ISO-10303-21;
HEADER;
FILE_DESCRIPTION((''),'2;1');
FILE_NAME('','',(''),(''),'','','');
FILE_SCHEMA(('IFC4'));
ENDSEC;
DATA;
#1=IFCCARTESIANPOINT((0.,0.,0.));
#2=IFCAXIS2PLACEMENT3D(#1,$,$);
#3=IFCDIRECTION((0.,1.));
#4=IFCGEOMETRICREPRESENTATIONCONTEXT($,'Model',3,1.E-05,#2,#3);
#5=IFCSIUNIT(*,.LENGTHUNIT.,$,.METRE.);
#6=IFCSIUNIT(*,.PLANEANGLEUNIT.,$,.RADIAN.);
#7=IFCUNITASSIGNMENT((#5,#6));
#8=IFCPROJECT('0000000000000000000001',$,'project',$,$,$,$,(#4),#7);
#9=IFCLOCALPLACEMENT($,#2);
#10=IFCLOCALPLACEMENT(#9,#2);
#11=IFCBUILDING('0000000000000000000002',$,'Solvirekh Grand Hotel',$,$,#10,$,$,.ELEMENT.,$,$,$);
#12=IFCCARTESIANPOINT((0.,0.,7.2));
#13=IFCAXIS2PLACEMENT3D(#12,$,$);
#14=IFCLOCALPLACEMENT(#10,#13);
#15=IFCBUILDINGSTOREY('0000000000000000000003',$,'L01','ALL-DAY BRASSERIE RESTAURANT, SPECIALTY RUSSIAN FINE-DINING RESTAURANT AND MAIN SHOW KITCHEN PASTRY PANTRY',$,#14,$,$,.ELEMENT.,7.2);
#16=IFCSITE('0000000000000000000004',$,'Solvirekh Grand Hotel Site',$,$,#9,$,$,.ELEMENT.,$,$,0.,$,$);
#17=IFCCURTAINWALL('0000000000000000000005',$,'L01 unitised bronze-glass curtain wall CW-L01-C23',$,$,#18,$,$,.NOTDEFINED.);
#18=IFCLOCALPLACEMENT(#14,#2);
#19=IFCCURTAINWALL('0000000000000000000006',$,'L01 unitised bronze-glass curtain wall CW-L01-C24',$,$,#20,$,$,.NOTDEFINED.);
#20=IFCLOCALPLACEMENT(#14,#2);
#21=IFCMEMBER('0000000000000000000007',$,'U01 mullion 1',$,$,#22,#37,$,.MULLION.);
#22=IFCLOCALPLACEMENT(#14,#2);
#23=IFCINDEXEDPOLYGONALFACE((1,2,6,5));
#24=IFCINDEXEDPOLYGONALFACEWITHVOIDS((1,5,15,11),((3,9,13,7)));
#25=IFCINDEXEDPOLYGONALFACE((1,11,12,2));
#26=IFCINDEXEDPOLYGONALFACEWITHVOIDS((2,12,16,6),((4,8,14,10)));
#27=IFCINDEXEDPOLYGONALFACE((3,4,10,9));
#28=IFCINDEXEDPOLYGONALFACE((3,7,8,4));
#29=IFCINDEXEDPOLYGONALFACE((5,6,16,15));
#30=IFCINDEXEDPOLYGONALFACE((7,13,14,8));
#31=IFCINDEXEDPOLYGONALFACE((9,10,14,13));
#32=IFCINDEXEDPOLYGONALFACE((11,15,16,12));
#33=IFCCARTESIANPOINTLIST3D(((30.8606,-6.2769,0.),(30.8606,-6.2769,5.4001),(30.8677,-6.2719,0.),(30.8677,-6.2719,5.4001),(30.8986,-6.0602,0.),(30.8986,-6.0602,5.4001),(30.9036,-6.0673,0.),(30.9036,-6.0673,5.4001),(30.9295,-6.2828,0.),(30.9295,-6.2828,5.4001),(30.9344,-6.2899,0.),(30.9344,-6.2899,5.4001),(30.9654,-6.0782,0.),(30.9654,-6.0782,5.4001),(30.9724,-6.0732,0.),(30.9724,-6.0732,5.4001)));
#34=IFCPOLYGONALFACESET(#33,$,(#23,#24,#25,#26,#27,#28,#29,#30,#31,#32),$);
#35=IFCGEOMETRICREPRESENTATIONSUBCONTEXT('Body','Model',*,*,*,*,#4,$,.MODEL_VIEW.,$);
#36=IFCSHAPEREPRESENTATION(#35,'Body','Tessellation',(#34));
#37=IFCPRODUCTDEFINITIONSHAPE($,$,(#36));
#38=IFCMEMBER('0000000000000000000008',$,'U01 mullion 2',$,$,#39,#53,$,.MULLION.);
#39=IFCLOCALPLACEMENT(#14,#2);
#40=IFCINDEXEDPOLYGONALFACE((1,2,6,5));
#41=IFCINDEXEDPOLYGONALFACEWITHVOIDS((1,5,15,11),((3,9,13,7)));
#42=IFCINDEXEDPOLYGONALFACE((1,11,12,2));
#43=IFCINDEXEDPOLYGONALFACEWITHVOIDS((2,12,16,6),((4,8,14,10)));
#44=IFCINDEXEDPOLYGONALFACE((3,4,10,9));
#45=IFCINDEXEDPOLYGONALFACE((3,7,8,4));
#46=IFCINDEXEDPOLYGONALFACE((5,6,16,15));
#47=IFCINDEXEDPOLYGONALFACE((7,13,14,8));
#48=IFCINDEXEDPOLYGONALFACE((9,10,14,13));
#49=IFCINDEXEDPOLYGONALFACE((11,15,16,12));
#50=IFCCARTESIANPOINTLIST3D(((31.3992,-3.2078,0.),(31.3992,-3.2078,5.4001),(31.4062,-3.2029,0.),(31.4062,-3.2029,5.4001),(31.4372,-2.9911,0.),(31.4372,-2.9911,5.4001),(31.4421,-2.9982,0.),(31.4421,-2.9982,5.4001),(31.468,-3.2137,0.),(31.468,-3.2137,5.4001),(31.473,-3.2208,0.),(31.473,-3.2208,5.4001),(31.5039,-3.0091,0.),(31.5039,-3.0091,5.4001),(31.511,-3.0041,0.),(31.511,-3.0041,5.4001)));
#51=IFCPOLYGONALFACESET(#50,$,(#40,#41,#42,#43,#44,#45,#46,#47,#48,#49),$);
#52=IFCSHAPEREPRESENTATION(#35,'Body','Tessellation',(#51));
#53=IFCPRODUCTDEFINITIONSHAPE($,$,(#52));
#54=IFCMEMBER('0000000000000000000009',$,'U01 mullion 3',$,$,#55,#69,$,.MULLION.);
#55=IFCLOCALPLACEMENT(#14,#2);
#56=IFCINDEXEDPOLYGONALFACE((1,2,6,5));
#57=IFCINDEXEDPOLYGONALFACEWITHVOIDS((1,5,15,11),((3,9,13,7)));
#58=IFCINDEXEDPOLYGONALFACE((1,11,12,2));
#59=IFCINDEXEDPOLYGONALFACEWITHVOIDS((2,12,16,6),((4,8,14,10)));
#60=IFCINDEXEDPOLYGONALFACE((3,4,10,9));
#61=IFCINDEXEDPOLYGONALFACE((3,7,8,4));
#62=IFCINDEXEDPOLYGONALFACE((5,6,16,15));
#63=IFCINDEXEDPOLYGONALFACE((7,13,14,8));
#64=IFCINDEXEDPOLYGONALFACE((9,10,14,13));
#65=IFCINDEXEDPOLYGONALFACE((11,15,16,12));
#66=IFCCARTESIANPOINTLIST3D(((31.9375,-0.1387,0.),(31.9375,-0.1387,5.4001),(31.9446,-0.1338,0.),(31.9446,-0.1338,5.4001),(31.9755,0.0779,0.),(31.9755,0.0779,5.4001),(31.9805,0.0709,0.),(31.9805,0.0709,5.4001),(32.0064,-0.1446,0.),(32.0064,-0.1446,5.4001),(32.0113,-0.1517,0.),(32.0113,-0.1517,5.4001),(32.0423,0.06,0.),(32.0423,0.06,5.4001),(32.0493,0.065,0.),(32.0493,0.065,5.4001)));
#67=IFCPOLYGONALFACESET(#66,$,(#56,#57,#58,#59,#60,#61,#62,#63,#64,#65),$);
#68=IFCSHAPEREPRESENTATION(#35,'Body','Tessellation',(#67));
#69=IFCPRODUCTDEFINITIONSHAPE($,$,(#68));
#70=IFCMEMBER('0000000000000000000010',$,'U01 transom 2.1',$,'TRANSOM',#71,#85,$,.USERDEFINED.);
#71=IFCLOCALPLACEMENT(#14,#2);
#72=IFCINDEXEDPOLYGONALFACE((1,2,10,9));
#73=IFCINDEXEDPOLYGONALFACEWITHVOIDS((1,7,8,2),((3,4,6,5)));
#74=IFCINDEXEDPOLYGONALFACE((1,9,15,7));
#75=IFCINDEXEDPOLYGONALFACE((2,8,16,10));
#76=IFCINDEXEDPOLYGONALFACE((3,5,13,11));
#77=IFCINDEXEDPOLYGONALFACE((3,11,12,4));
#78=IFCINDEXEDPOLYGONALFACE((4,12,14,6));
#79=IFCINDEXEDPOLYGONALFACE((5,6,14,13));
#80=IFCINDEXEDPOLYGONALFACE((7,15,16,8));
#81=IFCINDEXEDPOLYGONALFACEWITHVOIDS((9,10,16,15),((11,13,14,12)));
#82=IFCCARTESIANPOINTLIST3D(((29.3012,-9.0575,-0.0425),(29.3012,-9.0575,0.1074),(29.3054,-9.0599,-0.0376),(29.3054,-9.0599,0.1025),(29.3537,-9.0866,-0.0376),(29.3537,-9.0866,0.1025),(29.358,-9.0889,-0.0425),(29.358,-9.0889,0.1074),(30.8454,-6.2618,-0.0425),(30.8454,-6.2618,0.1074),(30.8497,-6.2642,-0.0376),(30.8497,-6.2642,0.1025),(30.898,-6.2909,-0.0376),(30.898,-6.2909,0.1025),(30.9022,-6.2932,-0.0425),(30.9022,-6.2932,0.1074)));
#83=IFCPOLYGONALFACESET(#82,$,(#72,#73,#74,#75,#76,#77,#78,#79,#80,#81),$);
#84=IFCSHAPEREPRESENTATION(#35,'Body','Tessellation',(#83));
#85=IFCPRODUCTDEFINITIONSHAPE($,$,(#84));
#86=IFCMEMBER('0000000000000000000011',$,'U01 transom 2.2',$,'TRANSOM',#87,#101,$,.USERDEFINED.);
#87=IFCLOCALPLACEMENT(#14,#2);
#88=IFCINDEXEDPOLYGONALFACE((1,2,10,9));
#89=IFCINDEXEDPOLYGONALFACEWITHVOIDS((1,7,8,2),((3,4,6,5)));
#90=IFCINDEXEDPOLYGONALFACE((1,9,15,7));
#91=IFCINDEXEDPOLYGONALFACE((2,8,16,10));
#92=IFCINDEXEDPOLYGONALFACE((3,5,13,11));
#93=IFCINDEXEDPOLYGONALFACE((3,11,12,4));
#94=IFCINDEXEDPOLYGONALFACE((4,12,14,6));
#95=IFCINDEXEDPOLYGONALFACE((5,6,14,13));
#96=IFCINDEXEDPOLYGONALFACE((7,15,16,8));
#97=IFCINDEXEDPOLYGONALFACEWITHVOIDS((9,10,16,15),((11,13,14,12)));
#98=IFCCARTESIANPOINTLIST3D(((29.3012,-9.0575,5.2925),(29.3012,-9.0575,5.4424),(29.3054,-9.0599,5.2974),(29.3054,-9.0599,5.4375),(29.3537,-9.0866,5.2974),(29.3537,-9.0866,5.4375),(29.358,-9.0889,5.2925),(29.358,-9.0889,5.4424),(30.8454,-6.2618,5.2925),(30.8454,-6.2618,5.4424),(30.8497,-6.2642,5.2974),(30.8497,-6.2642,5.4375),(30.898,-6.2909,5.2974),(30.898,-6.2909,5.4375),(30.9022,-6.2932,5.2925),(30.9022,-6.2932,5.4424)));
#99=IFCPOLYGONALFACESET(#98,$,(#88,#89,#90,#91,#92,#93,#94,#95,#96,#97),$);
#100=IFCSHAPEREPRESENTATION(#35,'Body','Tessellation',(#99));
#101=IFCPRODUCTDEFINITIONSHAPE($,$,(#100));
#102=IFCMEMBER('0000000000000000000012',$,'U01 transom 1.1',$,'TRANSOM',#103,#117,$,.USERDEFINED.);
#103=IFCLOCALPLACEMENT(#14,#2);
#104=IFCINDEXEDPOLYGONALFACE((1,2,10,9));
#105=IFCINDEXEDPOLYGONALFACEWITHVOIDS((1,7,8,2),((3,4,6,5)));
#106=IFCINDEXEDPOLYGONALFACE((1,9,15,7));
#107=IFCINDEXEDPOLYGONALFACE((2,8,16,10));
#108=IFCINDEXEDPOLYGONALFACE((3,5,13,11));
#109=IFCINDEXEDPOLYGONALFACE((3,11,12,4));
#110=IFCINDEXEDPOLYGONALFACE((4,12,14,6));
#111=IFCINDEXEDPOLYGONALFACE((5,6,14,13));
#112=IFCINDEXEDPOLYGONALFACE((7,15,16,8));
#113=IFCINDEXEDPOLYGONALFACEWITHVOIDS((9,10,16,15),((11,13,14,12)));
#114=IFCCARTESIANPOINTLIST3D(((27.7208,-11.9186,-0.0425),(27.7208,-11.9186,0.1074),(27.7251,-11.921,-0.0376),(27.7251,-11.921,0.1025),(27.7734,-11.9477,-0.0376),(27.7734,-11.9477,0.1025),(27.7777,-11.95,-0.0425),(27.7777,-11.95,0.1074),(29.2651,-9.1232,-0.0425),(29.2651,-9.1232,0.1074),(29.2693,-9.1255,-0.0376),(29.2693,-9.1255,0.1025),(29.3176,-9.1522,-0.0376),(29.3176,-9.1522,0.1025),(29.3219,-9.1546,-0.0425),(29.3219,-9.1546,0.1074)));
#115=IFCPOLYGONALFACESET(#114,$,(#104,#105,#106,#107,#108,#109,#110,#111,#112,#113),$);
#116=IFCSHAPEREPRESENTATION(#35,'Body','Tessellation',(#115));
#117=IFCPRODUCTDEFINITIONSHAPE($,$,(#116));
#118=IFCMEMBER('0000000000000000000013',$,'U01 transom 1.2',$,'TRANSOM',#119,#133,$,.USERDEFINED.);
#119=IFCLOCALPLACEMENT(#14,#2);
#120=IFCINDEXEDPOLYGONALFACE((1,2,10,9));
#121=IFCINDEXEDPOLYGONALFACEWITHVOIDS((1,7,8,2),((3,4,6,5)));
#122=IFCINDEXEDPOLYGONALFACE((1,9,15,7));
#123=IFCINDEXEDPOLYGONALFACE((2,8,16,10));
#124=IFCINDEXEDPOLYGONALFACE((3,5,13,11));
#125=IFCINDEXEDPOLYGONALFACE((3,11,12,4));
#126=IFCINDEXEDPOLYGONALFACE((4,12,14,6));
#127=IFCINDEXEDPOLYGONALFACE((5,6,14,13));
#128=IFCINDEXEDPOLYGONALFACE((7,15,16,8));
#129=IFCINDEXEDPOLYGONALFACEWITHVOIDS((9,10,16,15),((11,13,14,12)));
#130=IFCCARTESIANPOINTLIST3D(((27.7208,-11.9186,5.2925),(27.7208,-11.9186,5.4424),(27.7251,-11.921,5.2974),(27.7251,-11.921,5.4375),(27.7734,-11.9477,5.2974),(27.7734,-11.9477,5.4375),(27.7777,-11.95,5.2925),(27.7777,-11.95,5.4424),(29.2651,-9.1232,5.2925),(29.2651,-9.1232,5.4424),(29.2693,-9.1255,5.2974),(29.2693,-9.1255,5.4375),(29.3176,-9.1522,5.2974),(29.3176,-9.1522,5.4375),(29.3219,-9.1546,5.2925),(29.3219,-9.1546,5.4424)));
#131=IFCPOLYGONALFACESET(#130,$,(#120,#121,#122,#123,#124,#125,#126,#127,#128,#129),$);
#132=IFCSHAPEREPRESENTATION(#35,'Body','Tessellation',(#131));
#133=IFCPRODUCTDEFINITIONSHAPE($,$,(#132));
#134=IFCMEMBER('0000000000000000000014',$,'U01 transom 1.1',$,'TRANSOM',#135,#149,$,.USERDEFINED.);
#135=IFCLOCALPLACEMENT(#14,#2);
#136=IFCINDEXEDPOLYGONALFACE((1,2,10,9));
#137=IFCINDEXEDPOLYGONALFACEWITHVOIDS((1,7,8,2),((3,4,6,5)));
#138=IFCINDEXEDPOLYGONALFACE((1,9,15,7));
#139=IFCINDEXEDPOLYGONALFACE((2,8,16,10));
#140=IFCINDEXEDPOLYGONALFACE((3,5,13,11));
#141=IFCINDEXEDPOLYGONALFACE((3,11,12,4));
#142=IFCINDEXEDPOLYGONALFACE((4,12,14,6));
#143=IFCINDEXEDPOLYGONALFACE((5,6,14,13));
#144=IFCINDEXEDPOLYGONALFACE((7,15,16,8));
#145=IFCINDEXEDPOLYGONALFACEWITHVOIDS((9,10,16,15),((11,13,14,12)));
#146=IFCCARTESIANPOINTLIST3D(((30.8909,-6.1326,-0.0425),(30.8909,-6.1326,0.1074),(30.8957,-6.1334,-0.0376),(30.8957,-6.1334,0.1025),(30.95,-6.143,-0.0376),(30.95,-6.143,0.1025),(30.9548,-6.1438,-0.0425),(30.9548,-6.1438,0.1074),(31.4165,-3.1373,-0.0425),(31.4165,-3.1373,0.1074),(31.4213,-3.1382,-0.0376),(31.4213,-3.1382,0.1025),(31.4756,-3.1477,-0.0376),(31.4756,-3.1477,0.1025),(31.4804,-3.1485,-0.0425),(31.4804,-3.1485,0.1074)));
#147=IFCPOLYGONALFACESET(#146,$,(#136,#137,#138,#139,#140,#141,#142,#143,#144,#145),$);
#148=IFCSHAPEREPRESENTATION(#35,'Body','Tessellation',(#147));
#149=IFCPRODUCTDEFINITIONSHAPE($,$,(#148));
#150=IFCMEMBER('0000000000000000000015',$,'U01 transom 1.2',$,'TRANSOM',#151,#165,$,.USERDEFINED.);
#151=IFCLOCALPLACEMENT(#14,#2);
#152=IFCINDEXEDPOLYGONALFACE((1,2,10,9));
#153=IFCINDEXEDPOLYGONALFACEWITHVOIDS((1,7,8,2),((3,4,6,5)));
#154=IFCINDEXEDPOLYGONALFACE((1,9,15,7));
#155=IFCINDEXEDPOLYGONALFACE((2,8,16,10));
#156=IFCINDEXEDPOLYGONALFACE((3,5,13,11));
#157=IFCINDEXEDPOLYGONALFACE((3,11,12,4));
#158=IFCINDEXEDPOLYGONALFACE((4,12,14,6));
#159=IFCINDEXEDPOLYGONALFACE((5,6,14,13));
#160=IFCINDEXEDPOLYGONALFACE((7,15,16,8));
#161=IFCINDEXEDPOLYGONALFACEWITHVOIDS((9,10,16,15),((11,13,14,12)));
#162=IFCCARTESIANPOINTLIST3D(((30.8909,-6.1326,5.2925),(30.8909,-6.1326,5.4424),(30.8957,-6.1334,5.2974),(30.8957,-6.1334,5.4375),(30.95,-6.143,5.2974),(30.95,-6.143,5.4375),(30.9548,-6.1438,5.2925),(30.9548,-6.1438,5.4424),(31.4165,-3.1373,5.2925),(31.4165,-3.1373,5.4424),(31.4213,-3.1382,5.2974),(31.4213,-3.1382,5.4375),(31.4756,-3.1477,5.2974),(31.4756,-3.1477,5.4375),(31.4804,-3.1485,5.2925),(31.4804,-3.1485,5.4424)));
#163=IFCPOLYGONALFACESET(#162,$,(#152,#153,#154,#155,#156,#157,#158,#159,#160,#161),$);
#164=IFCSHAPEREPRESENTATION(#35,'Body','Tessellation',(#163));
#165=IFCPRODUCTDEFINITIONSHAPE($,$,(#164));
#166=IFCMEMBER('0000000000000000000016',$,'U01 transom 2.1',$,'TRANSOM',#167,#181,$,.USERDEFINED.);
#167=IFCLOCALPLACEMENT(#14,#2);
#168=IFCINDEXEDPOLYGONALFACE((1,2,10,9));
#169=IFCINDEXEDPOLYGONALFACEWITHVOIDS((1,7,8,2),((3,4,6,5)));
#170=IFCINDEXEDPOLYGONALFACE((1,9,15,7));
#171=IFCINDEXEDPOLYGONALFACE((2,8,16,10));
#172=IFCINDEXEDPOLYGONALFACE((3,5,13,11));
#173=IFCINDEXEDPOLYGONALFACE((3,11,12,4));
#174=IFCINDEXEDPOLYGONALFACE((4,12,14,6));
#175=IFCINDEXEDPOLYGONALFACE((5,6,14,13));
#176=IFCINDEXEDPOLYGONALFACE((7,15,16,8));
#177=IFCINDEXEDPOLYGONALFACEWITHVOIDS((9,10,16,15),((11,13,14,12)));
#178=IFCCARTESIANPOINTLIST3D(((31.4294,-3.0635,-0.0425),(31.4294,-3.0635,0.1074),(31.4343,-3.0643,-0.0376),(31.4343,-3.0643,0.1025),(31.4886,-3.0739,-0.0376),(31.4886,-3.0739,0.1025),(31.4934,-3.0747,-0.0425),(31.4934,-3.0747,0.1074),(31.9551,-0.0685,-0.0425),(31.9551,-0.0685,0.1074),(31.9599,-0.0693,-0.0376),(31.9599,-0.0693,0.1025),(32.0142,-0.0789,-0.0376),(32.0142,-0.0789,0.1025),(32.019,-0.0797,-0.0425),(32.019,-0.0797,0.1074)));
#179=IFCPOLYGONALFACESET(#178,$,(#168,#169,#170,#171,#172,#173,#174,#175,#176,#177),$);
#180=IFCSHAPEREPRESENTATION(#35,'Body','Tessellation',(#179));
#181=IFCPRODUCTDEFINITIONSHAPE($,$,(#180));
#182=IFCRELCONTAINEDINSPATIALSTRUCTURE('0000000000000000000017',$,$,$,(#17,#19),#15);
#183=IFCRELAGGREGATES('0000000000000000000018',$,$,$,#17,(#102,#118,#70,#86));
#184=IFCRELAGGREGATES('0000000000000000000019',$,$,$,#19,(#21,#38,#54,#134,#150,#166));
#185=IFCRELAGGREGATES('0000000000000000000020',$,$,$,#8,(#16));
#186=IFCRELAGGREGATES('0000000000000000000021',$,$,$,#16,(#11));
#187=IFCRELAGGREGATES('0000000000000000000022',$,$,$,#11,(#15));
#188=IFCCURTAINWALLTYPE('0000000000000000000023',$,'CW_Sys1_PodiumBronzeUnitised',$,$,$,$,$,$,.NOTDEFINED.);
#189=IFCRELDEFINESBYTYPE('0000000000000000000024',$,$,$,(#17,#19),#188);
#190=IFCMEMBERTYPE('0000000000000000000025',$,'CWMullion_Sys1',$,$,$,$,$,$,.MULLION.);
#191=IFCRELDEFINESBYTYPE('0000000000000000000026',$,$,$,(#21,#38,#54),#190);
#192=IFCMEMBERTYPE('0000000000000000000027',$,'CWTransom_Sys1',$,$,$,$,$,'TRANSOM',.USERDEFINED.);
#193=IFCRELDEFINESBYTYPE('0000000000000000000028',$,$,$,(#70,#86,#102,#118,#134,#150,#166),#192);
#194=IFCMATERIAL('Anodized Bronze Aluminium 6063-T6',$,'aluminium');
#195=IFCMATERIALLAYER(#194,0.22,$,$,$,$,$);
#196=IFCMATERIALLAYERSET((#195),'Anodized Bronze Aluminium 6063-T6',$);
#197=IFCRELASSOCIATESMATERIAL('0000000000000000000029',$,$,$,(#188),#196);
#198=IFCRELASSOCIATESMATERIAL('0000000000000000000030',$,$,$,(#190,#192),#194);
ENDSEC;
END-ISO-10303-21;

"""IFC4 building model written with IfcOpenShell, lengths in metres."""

from ifc_helpers import new_model, si_unit, direction, frame, origin, origin_2d, place, context, subcontext, project, spatial, hollow_rectangle, extrude, source, transform, mapped, material, layer, layer_set, material_profile, profile_set, type_object, element, aggregate, save


model = new_model("IFC4")

# Units and contexts
model_context = context("Model", 3, precision=1e-05, world=origin(), true_north=direction((0.0, 1.0)))
body_context = subcontext(model_context, "Body", "Model", "MODEL_VIEW")
ifc_project = project(units=[si_unit("LENGTHUNIT", "METRE"), si_unit("PLANEANGLEUNIT", "RADIAN")], contexts=[model_context])

# Site, building, storey
site_placement = place(None, origin())
site = spatial("IfcSite", under=ifc_project, at=site_placement, Name="Solvirekh Grand Hotel Site", CompositionType="ELEMENT", RefElevation=0.0)
building_placement = place(site_placement, origin())
building = spatial("IfcBuilding", under=site, at=building_placement, Name="Solvirekh Grand Hotel", CompositionType="ELEMENT")
storey_placement = place(building_placement, frame((0.0, 0.0, 7.2)))
storey = spatial("IfcBuildingStorey", under=building, at=storey_placement, Name="L01", Description="ALL-DAY BRASSERIE RESTAURANT, SPECIALTY RUSSIAN FINE-DINING RESTAURANT AND MAIN SHOW KITCHEN PASTRY PANTRY", CompositionType="ELEMENT", Elevation=7.2)

# Curtain walls, members
ifc_material_1 = material(Name="Anodized Bronze Aluminium 6063-T6", Category="aluminium")
ifc_layer_1 = layer(ifc_material_1, 0.22)
ifc_layer_set_1 = layer_set([ifc_layer_1], Name="Anodized Bronze Aluminium 6063-T6")
curtain_wall_type = type_object("IfcCurtainWallType", Name="CW_Sys1_PodiumBronzeUnitised", PredefinedType="NOTDEFINED", material=ifc_layer_set_1)
curtain_wall_1_placement = place(storey_placement, origin())
curtain_wall_1 = element("IfcCurtainWall", 1, at=curtain_wall_1_placement, inside=storey, type_object=curtain_wall_type, Name="L01 unitised bronze-glass curtain wall CW-L01-C23", PredefinedType="NOTDEFINED")
ifc_material_profile_1 = material_profile(ifc_material_1, hollow_rectangle(XDim=0.075, YDim=0.22, WallThickness=0.0061, at=origin_2d()), Name="ALU RHS 220X75X6")
ifc_profile_set_1 = profile_set([ifc_material_profile_1], Name="Anodized Bronze Aluminium 6063-T6")
member_type_1 = type_object("IfcMemberType", Name="CWMullion_Sys1", PredefinedType="MULLION", material=ifc_profile_set_1)
shared_shape_1 = source(origin(), body_context, "Body", "SweptSolid", [
    extrude(hollow_rectangle(XDim=0.075, YDim=0.22, WallThickness=0.0061, at=origin_2d()), origin(), (0.0, 0.0, 1.0), 5.4001),
])
curtain_wall_2_placement = place(storey_placement, origin())
curtain_wall_2 = element("IfcCurtainWall", 2, at=curtain_wall_2_placement, inside=storey, type_object=curtain_wall_type, Name="L01 unitised bronze-glass curtain wall CW-L01-C24", PredefinedType="NOTDEFINED")
member_1_placement = place(storey_placement, frame((30.9165, -6.175, 0.0), z_axis=(0.0, 0.0, 1.0), x_axis=(-0.984952, 0.172826, 0.0)))
member_1 = element("IfcMember", 3, at=member_1_placement, type_object=member_type_1, Name="U01 mullion 1", PredefinedType="MULLION", context=body_context, shape_type="MappedRepresentation", body=[
    mapped(shared_shape_1, transform((0.0, 0.0, 0.0), x_axis=(1.0, 0.0, 0.0), y_axis=(0.0, 1.0, 0.0), z_axis=(0.0, 0.0, 1.0), scale=1.0)),
])
member_2_placement = place(storey_placement, frame((31.4551, -3.106, 0.0), z_axis=(0.0, 0.0, 1.0), x_axis=(-0.984952, 0.172826, 0.0)))
member_2 = element("IfcMember", 4, at=member_2_placement, type_object=member_type_1, Name="U01 mullion 2", PredefinedType="MULLION", context=body_context, shape_type="MappedRepresentation", body=[
    mapped(shared_shape_1, transform((0.0, 0.0, 0.0), x_axis=(1.0, 0.0, 0.0), y_axis=(0.0, 1.0, 0.0), z_axis=(0.0, 0.0, 1.0), scale=1.0)),
])
member_3_placement = place(storey_placement, frame((31.9934, -0.0369, 0.0), z_axis=(0.0, 0.0, 1.0), x_axis=(-0.984952, 0.172826, 0.0)))
member_3 = element("IfcMember", 5, at=member_3_placement, type_object=member_type_1, Name="U01 mullion 3", PredefinedType="MULLION", context=body_context, shape_type="MappedRepresentation", body=[
    mapped(shared_shape_1, transform((0.0, 0.0, 0.0), x_axis=(1.0, 0.0, 0.0), y_axis=(0.0, 1.0, 0.0), z_axis=(0.0, 0.0, 1.0), scale=1.0)),
])

# Members
ifc_material_profile_2 = material_profile(ifc_material_1, hollow_rectangle(XDim=0.0649, YDim=0.1499, WallThickness=0.0049, at=origin_2d()), Name="ALU RHS 150X65X5")
ifc_profile_set_2 = profile_set([ifc_material_profile_2], Name="Anodized Bronze Aluminium 6063-T6")
member_type_2 = type_object("IfcMemberType", Name="CWTransom_Sys1", ElementType="TRANSOM", PredefinedType="USERDEFINED", material=ifc_profile_set_2)
shared_shape_2 = source(origin(), body_context, "Body", "SweptSolid", [
    extrude(hollow_rectangle(XDim=0.0649, YDim=0.1499, WallThickness=0.0049, at=origin_2d()), origin(), (0.0, 0.0, 1.0), 3.1938),
])
member_4_placement = place(storey_placement, frame((29.3296, -9.0732, 0.0325), z_axis=(0.4835, 0.875345, 0.0), x_axis=(-0.875345, 0.4835, 0.0)))
member_4 = element("IfcMember", 6, at=member_4_placement, type_object=member_type_2, Name="U01 transom 2.1", ObjectType="TRANSOM", PredefinedType="USERDEFINED", context=body_context, shape_type="MappedRepresentation", body=[
    mapped(shared_shape_2, transform((0.0, 0.0, 0.0), x_axis=(1.0, 0.0, 0.0), y_axis=(0.0, 1.0, 0.0), z_axis=(0.0, 0.0, 1.0), scale=1.0)),
])
member_5_placement = place(storey_placement, frame((29.3296, -9.0732, 5.3674), z_axis=(0.4835, 0.875345, 0.0), x_axis=(-0.875345, 0.4835, 0.0)))
member_5 = element("IfcMember", 7, at=member_5_placement, type_object=member_type_2, Name="U01 transom 2.2", ObjectType="TRANSOM", PredefinedType="USERDEFINED", context=body_context, shape_type="MappedRepresentation", body=[
    mapped(shared_shape_2, transform((0.0, 0.0, 0.0), x_axis=(1.0, 0.0, 0.0), y_axis=(0.0, 1.0, 0.0), z_axis=(0.0, 0.0, 1.0), scale=1.0)),
])
shared_shape_3 = source(origin(), body_context, "Body", "SweptSolid", [
    extrude(hollow_rectangle(XDim=0.0649, YDim=0.1499, WallThickness=0.0049, at=origin_2d()), origin(), (0.0, 0.0, 1.0), 3.1936),
])
member_6_placement = place(storey_placement, frame((27.7493, -11.9343, 0.0325), z_axis=(0.483532, 0.875327, 0.0), x_axis=(-0.875327, 0.483532, 0.0)))
member_6 = element("IfcMember", 8, at=member_6_placement, type_object=member_type_2, Name="U01 transom 1.1", ObjectType="TRANSOM", PredefinedType="USERDEFINED", context=body_context, shape_type="MappedRepresentation", body=[
    mapped(shared_shape_3, transform((0.0, 0.0, 0.0), x_axis=(1.0, 0.0, 0.0), y_axis=(0.0, 1.0, 0.0), z_axis=(0.0, 0.0, 1.0), scale=1.0)),
])
member_7_placement = place(storey_placement, frame((27.7493, -11.9343, 5.3674), z_axis=(0.483532, 0.875327, 0.0), x_axis=(-0.875327, 0.483532, 0.0)))
member_7 = element("IfcMember", 9, at=member_7_placement, type_object=member_type_2, Name="U01 transom 1.2", ObjectType="TRANSOM", PredefinedType="USERDEFINED", context=body_context, shape_type="MappedRepresentation", body=[
    mapped(shared_shape_3, transform((0.0, 0.0, 0.0), x_axis=(1.0, 0.0, 0.0), y_axis=(0.0, 1.0, 0.0), z_axis=(0.0, 0.0, 1.0), scale=1.0)),
])
shared_shape_4 = source(origin(), body_context, "Body", "SweptSolid", [
    extrude(hollow_rectangle(XDim=0.0649, YDim=0.1499, WallThickness=0.0049, at=origin_2d()), origin(), (0.0, 0.0, 1.0), 3.041),
])
member_8_placement = place(storey_placement, frame((30.9229, -6.1382, 0.0325), z_axis=(0.172842, 0.98495, 0.0), x_axis=(-0.98495, 0.172842, 0.0)))
member_8 = element("IfcMember", 10, at=member_8_placement, type_object=member_type_2, Name="U01 transom 1.1", ObjectType="TRANSOM", PredefinedType="USERDEFINED", context=body_context, shape_type="MappedRepresentation", body=[
    mapped(shared_shape_4, transform((0.0, 0.0, 0.0), x_axis=(1.0, 0.0, 0.0), y_axis=(0.0, 1.0, 0.0), z_axis=(0.0, 0.0, 1.0), scale=1.0)),
])
member_9_placement = place(storey_placement, frame((30.9229, -6.1382, 5.3674), z_axis=(0.172842, 0.98495, 0.0), x_axis=(-0.98495, 0.172842, 0.0)))
member_9 = element("IfcMember", 11, at=member_9_placement, type_object=member_type_2, Name="U01 transom 1.2", ObjectType="TRANSOM", PredefinedType="USERDEFINED", context=body_context, shape_type="MappedRepresentation", body=[
    mapped(shared_shape_4, transform((0.0, 0.0, 0.0), x_axis=(1.0, 0.0, 0.0), y_axis=(0.0, 1.0, 0.0), z_axis=(0.0, 0.0, 1.0), scale=1.0)),
])
shared_shape_5 = source(origin(), body_context, "Body", "SweptSolid", [
    extrude(hollow_rectangle(XDim=0.0649, YDim=0.1499, WallThickness=0.0049, at=origin_2d()), origin(), (0.0, 0.0, 1.0), 3.0408),
])
member_10_placement = place(storey_placement, frame((31.4614, -3.0691, 0.0325), z_axis=(0.172856, 0.984947, 0.0), x_axis=(-0.984947, 0.172856, 0.0)))
member_10 = element("IfcMember", 12, at=member_10_placement, type_object=member_type_2, Name="U01 transom 2.1", ObjectType="TRANSOM", PredefinedType="USERDEFINED", context=body_context, shape_type="MappedRepresentation", body=[
    mapped(shared_shape_5, transform((0.0, 0.0, 0.0), x_axis=(1.0, 0.0, 0.0), y_axis=(0.0, 1.0, 0.0), z_axis=(0.0, 0.0, 1.0), scale=1.0)),
])

aggregate(curtain_wall_1, [member_6, member_7, member_4, member_5])
aggregate(curtain_wall_2, [member_1, member_2, member_3, member_8, member_9, member_10])

save(model, "model.ifc")
